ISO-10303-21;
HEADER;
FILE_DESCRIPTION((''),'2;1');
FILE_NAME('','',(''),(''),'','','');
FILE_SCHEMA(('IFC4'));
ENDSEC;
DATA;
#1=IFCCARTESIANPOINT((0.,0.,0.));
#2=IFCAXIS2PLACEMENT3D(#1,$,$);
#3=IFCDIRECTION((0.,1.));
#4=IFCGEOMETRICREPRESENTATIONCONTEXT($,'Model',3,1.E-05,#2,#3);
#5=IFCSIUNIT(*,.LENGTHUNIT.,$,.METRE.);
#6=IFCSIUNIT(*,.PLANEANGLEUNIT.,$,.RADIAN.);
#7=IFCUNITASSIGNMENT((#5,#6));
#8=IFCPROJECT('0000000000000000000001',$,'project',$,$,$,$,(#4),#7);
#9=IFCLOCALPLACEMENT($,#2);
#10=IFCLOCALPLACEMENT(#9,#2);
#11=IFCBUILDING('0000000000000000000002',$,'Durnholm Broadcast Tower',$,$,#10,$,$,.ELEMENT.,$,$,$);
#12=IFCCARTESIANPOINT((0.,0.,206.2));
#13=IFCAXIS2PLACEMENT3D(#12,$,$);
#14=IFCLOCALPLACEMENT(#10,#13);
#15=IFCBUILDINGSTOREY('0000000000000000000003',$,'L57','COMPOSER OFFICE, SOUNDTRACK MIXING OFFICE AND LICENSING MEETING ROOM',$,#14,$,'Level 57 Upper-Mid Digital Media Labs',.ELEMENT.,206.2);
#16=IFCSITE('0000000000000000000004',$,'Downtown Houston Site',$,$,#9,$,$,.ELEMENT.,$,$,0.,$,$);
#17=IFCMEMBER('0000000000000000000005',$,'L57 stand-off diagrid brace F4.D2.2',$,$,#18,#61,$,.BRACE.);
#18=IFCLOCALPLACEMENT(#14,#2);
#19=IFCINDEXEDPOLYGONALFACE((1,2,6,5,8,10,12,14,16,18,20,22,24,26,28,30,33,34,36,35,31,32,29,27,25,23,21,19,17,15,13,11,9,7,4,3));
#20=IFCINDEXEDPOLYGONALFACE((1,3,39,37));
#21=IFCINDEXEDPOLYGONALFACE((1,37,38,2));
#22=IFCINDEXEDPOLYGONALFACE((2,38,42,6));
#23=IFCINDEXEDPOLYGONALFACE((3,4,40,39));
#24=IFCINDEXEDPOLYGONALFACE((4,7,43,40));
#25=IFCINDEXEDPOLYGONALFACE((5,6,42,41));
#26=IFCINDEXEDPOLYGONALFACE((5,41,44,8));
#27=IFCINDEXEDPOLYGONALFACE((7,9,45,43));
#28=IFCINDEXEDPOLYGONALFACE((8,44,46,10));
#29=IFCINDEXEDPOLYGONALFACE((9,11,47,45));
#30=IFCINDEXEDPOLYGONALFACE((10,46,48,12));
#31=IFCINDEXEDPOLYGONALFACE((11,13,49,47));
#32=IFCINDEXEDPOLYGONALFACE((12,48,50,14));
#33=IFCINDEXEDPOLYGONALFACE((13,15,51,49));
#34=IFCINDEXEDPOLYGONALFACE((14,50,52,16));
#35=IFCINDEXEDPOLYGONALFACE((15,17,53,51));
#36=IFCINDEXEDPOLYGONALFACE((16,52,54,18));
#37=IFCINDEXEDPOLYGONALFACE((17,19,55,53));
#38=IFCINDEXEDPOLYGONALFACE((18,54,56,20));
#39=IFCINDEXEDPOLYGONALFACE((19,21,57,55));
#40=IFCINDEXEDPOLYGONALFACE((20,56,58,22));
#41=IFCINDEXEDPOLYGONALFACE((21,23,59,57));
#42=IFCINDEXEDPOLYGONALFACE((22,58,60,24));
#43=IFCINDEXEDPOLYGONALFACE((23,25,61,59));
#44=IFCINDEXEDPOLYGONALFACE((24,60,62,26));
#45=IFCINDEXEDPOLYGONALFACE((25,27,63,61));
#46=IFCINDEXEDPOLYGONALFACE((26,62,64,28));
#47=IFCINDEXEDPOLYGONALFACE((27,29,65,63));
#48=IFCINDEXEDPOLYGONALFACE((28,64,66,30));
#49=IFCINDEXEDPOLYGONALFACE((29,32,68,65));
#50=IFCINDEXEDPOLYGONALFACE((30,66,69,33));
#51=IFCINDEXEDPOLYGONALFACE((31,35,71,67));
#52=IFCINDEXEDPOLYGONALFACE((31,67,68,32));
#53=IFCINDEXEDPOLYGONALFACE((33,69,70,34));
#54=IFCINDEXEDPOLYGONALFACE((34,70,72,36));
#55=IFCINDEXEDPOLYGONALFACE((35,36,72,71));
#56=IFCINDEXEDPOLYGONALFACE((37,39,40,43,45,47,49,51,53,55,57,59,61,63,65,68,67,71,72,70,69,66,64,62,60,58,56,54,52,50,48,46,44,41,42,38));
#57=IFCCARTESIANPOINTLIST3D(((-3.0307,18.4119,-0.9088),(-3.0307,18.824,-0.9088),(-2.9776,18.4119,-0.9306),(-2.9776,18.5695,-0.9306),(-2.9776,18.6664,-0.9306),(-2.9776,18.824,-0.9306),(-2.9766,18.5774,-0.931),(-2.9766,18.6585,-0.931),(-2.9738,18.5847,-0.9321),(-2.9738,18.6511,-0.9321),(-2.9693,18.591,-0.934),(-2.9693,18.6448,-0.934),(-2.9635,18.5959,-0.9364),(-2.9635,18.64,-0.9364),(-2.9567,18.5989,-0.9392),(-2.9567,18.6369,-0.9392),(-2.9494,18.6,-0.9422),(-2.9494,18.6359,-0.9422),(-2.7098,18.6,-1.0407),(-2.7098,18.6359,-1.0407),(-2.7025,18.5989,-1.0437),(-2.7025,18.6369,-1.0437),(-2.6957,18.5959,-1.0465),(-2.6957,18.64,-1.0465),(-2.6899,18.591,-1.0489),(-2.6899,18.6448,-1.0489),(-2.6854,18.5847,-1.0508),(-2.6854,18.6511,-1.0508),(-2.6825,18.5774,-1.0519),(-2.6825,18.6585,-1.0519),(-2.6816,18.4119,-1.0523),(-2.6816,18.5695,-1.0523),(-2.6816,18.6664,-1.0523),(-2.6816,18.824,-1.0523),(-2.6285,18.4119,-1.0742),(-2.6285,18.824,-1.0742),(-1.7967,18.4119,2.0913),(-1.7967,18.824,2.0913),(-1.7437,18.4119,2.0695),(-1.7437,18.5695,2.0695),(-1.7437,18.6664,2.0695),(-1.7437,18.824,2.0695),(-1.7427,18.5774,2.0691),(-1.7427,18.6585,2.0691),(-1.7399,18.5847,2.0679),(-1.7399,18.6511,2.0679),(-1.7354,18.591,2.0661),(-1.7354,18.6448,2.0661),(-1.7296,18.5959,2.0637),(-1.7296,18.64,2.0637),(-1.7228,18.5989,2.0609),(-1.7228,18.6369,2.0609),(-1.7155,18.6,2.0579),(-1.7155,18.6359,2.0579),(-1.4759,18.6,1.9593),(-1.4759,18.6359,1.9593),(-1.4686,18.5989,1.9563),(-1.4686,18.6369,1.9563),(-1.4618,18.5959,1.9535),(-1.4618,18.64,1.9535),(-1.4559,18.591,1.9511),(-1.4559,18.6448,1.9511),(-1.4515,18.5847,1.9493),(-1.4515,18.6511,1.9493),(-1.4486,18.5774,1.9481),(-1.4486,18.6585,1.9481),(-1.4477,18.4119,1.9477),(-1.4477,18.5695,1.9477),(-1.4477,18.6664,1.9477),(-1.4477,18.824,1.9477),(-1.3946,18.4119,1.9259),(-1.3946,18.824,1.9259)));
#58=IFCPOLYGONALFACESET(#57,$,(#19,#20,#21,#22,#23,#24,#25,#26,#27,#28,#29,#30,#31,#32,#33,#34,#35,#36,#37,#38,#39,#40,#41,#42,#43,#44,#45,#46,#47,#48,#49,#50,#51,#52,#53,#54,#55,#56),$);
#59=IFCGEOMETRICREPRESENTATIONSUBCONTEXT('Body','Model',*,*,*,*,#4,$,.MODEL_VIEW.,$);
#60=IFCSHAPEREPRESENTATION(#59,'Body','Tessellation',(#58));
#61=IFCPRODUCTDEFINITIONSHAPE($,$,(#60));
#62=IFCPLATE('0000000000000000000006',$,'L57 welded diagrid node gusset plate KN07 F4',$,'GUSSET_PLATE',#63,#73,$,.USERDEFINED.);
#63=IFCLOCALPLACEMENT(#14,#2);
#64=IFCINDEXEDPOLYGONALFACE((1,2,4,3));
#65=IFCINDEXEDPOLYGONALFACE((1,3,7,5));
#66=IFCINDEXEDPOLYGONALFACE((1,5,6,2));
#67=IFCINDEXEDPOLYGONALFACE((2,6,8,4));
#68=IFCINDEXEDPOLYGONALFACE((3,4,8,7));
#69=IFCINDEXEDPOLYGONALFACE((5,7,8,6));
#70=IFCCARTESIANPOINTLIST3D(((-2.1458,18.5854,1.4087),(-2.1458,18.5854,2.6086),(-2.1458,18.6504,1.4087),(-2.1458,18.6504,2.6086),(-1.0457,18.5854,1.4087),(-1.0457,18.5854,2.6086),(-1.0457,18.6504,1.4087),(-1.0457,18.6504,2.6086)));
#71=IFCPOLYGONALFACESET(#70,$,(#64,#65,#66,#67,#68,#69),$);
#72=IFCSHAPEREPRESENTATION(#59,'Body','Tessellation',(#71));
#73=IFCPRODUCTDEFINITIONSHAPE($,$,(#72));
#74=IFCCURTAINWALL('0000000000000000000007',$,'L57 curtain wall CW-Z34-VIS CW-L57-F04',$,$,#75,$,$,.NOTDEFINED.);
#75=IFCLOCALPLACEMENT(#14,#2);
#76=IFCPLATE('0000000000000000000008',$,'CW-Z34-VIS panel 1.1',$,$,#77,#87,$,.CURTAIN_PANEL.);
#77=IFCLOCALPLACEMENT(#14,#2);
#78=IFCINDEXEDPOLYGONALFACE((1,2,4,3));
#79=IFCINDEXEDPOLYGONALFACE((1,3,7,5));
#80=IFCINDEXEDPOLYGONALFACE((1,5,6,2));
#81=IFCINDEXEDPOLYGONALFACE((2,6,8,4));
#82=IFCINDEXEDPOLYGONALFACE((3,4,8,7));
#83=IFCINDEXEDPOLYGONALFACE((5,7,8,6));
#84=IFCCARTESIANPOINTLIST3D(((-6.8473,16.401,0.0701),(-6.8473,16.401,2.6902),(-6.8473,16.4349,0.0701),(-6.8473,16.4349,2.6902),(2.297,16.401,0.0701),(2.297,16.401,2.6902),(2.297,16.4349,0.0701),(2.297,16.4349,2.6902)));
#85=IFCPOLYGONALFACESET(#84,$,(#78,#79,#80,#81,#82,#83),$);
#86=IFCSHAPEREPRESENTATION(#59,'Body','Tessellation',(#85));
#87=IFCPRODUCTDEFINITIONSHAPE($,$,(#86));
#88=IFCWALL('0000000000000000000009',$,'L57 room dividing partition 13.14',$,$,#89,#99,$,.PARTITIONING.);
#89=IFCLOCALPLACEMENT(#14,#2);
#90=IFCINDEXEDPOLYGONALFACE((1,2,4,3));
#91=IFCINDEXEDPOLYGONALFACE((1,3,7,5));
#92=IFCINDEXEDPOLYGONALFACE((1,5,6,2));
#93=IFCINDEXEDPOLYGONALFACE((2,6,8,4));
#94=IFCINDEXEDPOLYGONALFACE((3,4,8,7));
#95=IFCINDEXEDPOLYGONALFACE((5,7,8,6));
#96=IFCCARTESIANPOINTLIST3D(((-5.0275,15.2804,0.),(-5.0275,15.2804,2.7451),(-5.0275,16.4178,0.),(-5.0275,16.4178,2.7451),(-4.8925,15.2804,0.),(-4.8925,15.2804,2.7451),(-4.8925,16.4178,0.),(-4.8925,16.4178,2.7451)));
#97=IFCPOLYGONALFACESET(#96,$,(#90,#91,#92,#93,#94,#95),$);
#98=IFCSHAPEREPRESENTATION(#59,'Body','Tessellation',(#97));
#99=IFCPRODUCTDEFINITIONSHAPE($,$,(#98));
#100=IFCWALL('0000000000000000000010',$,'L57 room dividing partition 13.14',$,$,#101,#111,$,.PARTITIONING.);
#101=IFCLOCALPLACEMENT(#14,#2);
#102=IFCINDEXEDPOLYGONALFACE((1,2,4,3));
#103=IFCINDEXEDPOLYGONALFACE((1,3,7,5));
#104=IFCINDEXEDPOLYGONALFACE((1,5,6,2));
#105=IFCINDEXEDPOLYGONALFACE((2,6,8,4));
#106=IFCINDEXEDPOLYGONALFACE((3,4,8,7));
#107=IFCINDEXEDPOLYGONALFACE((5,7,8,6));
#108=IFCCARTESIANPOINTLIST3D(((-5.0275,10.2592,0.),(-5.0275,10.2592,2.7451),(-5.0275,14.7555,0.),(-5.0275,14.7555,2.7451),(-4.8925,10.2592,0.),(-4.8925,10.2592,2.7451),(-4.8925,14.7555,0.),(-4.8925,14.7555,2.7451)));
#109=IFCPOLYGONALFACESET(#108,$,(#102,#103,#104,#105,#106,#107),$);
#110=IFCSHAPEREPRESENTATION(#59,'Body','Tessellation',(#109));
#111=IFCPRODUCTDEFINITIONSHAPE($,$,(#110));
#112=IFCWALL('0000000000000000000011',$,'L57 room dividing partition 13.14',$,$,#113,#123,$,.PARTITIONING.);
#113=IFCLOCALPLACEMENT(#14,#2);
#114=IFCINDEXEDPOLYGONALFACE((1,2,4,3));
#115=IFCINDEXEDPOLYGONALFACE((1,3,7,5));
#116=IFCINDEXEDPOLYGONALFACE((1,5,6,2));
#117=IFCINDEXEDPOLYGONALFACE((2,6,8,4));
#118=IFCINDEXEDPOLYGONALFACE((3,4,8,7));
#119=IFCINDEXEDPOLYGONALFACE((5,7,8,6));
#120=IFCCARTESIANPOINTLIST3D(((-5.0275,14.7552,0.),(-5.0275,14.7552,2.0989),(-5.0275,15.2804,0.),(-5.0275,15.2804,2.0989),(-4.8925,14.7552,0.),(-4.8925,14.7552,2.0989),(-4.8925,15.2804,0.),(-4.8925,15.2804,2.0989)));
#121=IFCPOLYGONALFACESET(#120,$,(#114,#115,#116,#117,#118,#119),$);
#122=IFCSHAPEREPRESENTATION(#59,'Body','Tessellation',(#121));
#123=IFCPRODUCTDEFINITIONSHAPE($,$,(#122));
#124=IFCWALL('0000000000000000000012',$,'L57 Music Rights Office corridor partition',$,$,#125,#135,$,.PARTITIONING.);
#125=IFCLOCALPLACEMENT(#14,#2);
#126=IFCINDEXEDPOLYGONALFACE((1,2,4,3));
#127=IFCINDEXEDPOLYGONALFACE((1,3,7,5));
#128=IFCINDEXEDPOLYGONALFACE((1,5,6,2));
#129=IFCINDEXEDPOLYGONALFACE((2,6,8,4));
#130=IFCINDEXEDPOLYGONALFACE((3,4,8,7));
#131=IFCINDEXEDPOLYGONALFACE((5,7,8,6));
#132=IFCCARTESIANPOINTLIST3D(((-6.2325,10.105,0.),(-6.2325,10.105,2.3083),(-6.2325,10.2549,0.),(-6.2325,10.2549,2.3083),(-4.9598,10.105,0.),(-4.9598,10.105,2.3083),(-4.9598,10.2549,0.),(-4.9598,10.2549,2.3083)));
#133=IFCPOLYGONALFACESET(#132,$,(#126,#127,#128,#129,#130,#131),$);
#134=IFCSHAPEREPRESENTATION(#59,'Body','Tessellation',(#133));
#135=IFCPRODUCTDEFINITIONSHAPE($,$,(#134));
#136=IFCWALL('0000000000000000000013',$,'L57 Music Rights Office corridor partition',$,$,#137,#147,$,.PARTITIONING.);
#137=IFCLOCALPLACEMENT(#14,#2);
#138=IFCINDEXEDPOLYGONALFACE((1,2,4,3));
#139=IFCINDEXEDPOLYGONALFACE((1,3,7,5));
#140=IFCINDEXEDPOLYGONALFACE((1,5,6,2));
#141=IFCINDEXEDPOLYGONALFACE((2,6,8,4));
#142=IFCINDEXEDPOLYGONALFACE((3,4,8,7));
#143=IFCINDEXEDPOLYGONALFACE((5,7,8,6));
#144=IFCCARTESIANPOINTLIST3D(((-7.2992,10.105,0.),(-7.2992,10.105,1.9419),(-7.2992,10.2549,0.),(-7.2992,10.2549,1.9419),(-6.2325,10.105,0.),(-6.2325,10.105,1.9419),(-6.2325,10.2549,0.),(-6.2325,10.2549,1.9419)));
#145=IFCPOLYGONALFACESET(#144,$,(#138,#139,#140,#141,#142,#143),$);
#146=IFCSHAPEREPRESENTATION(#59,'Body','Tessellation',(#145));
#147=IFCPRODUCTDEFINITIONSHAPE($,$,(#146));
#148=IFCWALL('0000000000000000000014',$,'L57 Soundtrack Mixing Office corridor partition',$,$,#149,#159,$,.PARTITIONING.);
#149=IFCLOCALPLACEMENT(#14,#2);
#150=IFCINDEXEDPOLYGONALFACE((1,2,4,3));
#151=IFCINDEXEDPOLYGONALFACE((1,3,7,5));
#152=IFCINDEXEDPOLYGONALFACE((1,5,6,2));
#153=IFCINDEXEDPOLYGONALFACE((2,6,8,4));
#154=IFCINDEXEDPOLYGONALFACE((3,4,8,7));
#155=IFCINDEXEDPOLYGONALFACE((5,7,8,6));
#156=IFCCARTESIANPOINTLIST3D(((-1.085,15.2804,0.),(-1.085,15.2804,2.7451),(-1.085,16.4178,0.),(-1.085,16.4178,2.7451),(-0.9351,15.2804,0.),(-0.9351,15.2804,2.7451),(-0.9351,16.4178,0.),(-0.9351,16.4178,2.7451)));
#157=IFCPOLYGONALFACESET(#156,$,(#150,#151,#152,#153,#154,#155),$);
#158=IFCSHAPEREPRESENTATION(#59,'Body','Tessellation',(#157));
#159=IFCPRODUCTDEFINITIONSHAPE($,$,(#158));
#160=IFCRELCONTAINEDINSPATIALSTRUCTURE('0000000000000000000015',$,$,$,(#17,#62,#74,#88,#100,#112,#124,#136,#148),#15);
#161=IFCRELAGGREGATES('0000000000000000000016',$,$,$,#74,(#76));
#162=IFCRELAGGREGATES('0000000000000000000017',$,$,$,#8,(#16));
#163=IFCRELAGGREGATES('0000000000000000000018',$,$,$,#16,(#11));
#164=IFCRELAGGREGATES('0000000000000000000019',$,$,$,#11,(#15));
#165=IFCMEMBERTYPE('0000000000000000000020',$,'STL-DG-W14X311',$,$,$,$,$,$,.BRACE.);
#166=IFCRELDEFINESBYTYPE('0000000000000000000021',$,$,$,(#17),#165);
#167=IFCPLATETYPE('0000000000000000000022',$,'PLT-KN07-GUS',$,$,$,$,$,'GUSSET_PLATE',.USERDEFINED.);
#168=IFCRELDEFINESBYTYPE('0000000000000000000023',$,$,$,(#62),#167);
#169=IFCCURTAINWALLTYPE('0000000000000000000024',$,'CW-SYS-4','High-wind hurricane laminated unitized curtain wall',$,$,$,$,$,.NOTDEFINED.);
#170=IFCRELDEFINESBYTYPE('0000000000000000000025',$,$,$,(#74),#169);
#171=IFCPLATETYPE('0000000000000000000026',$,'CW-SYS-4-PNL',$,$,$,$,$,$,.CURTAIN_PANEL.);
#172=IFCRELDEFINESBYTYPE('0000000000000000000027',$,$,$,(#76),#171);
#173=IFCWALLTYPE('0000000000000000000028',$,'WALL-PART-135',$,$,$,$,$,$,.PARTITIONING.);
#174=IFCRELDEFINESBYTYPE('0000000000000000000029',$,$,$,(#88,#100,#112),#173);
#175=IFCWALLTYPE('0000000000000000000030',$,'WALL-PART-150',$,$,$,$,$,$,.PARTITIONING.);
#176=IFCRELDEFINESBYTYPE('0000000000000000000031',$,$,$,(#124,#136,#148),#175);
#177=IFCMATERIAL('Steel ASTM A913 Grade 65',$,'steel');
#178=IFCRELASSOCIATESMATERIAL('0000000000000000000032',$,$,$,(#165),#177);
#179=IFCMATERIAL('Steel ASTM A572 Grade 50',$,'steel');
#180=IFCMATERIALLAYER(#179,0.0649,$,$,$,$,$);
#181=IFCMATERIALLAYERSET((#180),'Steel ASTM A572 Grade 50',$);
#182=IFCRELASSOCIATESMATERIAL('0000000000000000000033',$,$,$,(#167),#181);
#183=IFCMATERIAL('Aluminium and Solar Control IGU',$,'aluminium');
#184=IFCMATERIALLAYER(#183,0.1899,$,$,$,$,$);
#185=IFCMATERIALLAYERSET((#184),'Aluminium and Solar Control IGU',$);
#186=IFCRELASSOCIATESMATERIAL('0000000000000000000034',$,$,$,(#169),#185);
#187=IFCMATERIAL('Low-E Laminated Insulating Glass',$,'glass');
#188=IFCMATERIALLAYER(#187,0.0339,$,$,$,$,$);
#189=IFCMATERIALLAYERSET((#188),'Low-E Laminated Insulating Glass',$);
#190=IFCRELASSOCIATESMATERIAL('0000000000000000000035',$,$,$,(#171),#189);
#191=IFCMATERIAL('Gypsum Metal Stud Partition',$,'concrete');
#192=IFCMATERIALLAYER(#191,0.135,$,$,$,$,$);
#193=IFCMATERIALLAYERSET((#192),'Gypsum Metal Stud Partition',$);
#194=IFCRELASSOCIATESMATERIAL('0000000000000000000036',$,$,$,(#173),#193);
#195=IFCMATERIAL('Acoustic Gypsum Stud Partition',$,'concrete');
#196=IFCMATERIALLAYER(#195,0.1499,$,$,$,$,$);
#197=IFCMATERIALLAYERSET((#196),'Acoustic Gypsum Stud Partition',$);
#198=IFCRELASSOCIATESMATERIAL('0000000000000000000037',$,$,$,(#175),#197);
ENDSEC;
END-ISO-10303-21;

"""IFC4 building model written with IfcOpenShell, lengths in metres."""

from ifc_helpers import new_model, si_unit, direction, frame, frame_2d, origin, origin_2d, place, context, subcontext, project, spatial, rectangle, i_section, extrude, source, transform, mapped, material, layer, layer_set, material_profile, profile_set, type_object, type_shapes, element, aggregate, save


model = new_model("IFC4")

# Units and contexts
model_context = context("Model", 3, precision=1e-05, world=origin(), true_north=direction((0.0, 1.0)))
body_context = subcontext(model_context, "Body", "Model", "MODEL_VIEW")
ifc_project = project(units=[si_unit("LENGTHUNIT", "METRE"), si_unit("PLANEANGLEUNIT", "RADIAN")], contexts=[model_context])

# Site, building, storey
site_placement = place(None, origin())
site = spatial("IfcSite", under=ifc_project, at=site_placement, Name="Downtown Houston Site", CompositionType="ELEMENT", RefElevation=0.0)
building_placement = place(site_placement, origin())
building = spatial("IfcBuilding", under=site, at=building_placement, Name="Durnholm Broadcast Tower", CompositionType="ELEMENT")
storey_placement = place(building_placement, frame((0.0, 0.0, 206.2)))
storey = spatial("IfcBuildingStorey", under=building, at=storey_placement, Name="L57", Description="COMPOSER OFFICE, SOUNDTRACK MIXING OFFICE AND LICENSING MEETING ROOM", LongName="Level 57 Upper-Mid Digital Media Labs", CompositionType="ELEMENT", Elevation=206.2)

# Member
ifc_material_1 = material(Name="Steel ASTM A913 Grade 65", Category="steel")
ifc_material_profile_1 = material_profile(ifc_material_1, i_section(OverallWidth=0.4121, OverallDepth=0.4348, WebThickness=0.0359, FlangeThickness=0.0574, FilletRadius=0.0305, at=origin_2d()), Name="W14X311")
ifc_profile_set_1 = profile_set([ifc_material_profile_1], Name="Steel ASTM A913 Grade 65")
member_type = type_object("IfcMemberType", Name="STL-DG-W14X311", PredefinedType="BRACE", material=ifc_profile_set_1)
shared_shape_1 = source(origin(), body_context, "Body", "SweptSolid", [
    extrude(i_section(OverallWidth=0.4121, OverallDepth=0.4348, WebThickness=0.0359, FlangeThickness=0.0574, FilletRadius=0.0305, at=origin_2d()), origin(), (0.0, 0.0, 1.0), 3.2439),
])
type_shapes(member_type, [shared_shape_1])
for number, where, z_axis, x_axis, name in (
    (1, (-2.8296, 18.6179, -0.9915), (0.380379, 0.0, 0.924831), (0.0, 1.0, 0.0), "L57 stand-off diagrid brace F4.D2.2"),
):
    element("IfcMember", number, at=place(storey_placement, frame(where, z_axis=z_axis, x_axis=x_axis)), inside=storey, type_object=member_type, Name=name, PredefinedType="BRACE", context=body_context, shape_type="MappedRepresentation", body=[
        mapped(shared_shape_1, transform((0.0, 0.0, 0.0), x_axis=(1.0, 0.0, 0.0), y_axis=(0.0, 1.0, 0.0), z_axis=(0.0, 0.0, 1.0), scale=1.0)),
    ])

# Plate
ifc_material_2 = material(Name="Steel ASTM A572 Grade 50", Category="steel")
ifc_layer_1 = layer(ifc_material_2, 0.0649)
ifc_layer_set_1 = layer_set([ifc_layer_1], Name="Steel ASTM A572 Grade 50")
plate_type_1 = type_object("IfcPlateType", Name="PLT-KN07-GUS", ElementType="GUSSET_PLATE", PredefinedType="USERDEFINED", material=ifc_layer_set_1)
shared_shape_2 = source(origin(), body_context, "Body", "SweptSolid", [
    extrude(rectangle(XDim=1.1001, YDim=0.0649, at=origin_2d()), origin(), (0.0, 0.0, 1.0), 1.2),
])
type_shapes(plate_type_1, [shared_shape_2])
plate_1_placement = place(storey_placement, frame((-1.5957, 18.6179, 1.4087), z_axis=(0.0, 0.0, 1.0), x_axis=(-1.0, 0.0, 0.0)))
element("IfcPlate", 2, at=plate_1_placement, inside=storey, type_object=plate_type_1, Name="L57 welded diagrid node gusset plate KN07 F4", ObjectType="GUSSET_PLATE", PredefinedType="USERDEFINED", context=body_context, shape_type="MappedRepresentation", body=[
    mapped(shared_shape_2, transform((0.0, 0.0, 0.0), x_axis=(1.0, 0.0, 0.0), y_axis=(0.0, 1.0, 0.0), z_axis=(0.0, 0.0, 1.0), scale=1.0)),
])

# Curtain wall, plate
ifc_material_3 = material(Name="Aluminium and Solar Control IGU", Category="aluminium")
ifc_layer_2 = layer(ifc_material_3, 0.1899)
ifc_layer_set_2 = layer_set([ifc_layer_2], Name="Aluminium and Solar Control IGU")
curtain_wall_type = type_object("IfcCurtainWallType", Name="CW-SYS-4", Description="High-wind hurricane laminated unitized curtain wall", PredefinedType="NOTDEFINED", material=ifc_layer_set_2)
curtain_wall_placement = place(storey_placement, origin())
curtain_wall = element("IfcCurtainWall", 3, at=curtain_wall_placement, inside=storey, type_object=curtain_wall_type, Name="L57 curtain wall CW-Z34-VIS CW-L57-F04", PredefinedType="NOTDEFINED")
ifc_material_4 = material(Name="Low-E Laminated Insulating Glass", Category="glass")
ifc_layer_3 = layer(ifc_material_4, 0.0339)
ifc_layer_set_3 = layer_set([ifc_layer_3], Name="Low-E Laminated Insulating Glass")
plate_type_2 = type_object("IfcPlateType", Name="CW-SYS-4-PNL", PredefinedType="CURTAIN_PANEL", material=ifc_layer_set_3)
shared_shape_3 = source(origin(), body_context, "Body", "SweptSolid", [
    extrude(rectangle(XDim=9.1443, YDim=0.0339, at=origin_2d()), origin(), (0.0, 0.0, 1.0), 2.6201),
])
type_shapes(plate_type_2, [shared_shape_3])
plate_2_placement = place(storey_placement, frame((-2.2751, 16.418, 0.0701), z_axis=(0.0, 0.0, 1.0), x_axis=(1.0, 0.0, 0.0)))
plate_2 = element("IfcPlate", 4, at=plate_2_placement, type_object=plate_type_2, Name="CW-Z34-VIS panel 1.1", PredefinedType="CURTAIN_PANEL", context=body_context, shape_type="MappedRepresentation", body=[
    mapped(shared_shape_3, transform((0.0, 0.0, 0.0), x_axis=(1.0, 0.0, 0.0), y_axis=(0.0, 1.0, 0.0), z_axis=(0.0, 0.0, 1.0), scale=1.0)),
])
aggregate(curtain_wall, [plate_2])

# Walls
ifc_material_5 = material(Name="Gypsum Metal Stud Partition", Category="concrete")
ifc_layer_4 = layer(ifc_material_5, 0.135)
ifc_layer_set_4 = layer_set([ifc_layer_4], Name="Gypsum Metal Stud Partition")
wall_type_1 = type_object("IfcWallType", Name="WALL-PART-135", PredefinedType="PARTITIONING", material=ifc_layer_set_4)
wall_1_placement = place(storey_placement, frame((-4.96, 16.418, 0.0), z_axis=(0.0, 0.0, 1.0), x_axis=(0.0, -1.0, 0.0)))
element("IfcWall", 5, at=wall_1_placement, inside=storey, type_object=wall_type_1, Name="L57 room dividing partition 13.14", PredefinedType="PARTITIONING", context=body_context, shape_type="SweptSolid", body=[
    extrude(rectangle(XDim=1.1375, YDim=0.135, at=frame_2d((0.5688, 0.0))), origin(), (0.0, 0.0, 1.0), 2.7451),
])
wall_2_placement = place(storey_placement, frame((-4.96, 14.7554, 0.0), z_axis=(0.0, 0.0, 1.0), x_axis=(0.0, -1.0, 0.0)))
element("IfcWall", 6, at=wall_2_placement, inside=storey, type_object=wall_type_1, Name="L57 room dividing partition 13.14", PredefinedType="PARTITIONING", context=body_context, shape_type="SweptSolid", body=[
    extrude(rectangle(XDim=4.4963, YDim=0.135, at=frame_2d((2.248, 0.0))), origin(), (0.0, 0.0, 1.0), 2.7451),
])
wall_3_placement = place(storey_placement, frame((-4.96, 15.2805, 0.0), z_axis=(0.0, 0.0, 1.0), x_axis=(0.0, -1.0, 0.0)))
element("IfcWall", 7, at=wall_3_placement, inside=storey, type_object=wall_type_1, Name="L57 room dividing partition 13.14", PredefinedType="PARTITIONING", context=body_context, shape_type="SweptSolid", body=[
    extrude(rectangle(XDim=0.5251, YDim=0.135, at=frame_2d((0.2627, 0.0))), origin(), (0.0, 0.0, 1.0), 2.0989),
])
ifc_material_6 = material(Name="Acoustic Gypsum Stud Partition", Category="concrete")
ifc_layer_5 = layer(ifc_material_6, 0.1499)
ifc_layer_set_5 = layer_set([ifc_layer_5], Name="Acoustic Gypsum Stud Partition")
wall_type_2 = type_object("IfcWallType", Name="WALL-PART-150", PredefinedType="PARTITIONING", material=ifc_layer_set_5)
wall_4_placement = place(storey_placement, frame((-4.96, 10.1799, 0.0), z_axis=(0.0, 0.0, 1.0), x_axis=(-1.0, 0.0, 0.0)))
element("IfcWall", 8, at=wall_4_placement, inside=storey, type_object=wall_type_2, Name="L57 Music Rights Office corridor partition", PredefinedType="PARTITIONING", context=body_context, shape_type="SweptSolid", body=[
    extrude(rectangle(XDim=1.2727, YDim=0.1499, at=frame_2d((0.6362, 0.0))), origin(), (0.0, 0.0, 1.0), 2.3083),
])
wall_5_placement = place(storey_placement, frame((-6.2327, 10.1799, 0.0), z_axis=(0.0, 0.0, 1.0), x_axis=(-1.0, 0.0, 0.0)))
element("IfcWall", 9, at=wall_5_placement, inside=storey, type_object=wall_type_2, Name="L57 Music Rights Office corridor partition", PredefinedType="PARTITIONING", context=body_context, shape_type="SweptSolid", body=[
    extrude(rectangle(XDim=1.0667, YDim=0.1499, at=frame_2d((0.5332, 0.0))), origin(), (0.0, 0.0, 1.0), 1.9419),
])
wall_6_placement = place(storey_placement, frame((-1.01, 16.418, 0.0), z_axis=(0.0, 0.0, 1.0), x_axis=(0.0, -1.0, 0.0)))
element("IfcWall", 10, at=wall_6_placement, inside=storey, type_object=wall_type_2, Name="L57 Soundtrack Mixing Office corridor partition", PredefinedType="PARTITIONING", context=body_context, shape_type="SweptSolid", body=[
    extrude(rectangle(XDim=1.1375, YDim=0.1499, at=frame_2d((0.5688, 0.0))), origin(), (0.0, 0.0, 1.0), 2.7451),
])

save(model, "model.ifc")
